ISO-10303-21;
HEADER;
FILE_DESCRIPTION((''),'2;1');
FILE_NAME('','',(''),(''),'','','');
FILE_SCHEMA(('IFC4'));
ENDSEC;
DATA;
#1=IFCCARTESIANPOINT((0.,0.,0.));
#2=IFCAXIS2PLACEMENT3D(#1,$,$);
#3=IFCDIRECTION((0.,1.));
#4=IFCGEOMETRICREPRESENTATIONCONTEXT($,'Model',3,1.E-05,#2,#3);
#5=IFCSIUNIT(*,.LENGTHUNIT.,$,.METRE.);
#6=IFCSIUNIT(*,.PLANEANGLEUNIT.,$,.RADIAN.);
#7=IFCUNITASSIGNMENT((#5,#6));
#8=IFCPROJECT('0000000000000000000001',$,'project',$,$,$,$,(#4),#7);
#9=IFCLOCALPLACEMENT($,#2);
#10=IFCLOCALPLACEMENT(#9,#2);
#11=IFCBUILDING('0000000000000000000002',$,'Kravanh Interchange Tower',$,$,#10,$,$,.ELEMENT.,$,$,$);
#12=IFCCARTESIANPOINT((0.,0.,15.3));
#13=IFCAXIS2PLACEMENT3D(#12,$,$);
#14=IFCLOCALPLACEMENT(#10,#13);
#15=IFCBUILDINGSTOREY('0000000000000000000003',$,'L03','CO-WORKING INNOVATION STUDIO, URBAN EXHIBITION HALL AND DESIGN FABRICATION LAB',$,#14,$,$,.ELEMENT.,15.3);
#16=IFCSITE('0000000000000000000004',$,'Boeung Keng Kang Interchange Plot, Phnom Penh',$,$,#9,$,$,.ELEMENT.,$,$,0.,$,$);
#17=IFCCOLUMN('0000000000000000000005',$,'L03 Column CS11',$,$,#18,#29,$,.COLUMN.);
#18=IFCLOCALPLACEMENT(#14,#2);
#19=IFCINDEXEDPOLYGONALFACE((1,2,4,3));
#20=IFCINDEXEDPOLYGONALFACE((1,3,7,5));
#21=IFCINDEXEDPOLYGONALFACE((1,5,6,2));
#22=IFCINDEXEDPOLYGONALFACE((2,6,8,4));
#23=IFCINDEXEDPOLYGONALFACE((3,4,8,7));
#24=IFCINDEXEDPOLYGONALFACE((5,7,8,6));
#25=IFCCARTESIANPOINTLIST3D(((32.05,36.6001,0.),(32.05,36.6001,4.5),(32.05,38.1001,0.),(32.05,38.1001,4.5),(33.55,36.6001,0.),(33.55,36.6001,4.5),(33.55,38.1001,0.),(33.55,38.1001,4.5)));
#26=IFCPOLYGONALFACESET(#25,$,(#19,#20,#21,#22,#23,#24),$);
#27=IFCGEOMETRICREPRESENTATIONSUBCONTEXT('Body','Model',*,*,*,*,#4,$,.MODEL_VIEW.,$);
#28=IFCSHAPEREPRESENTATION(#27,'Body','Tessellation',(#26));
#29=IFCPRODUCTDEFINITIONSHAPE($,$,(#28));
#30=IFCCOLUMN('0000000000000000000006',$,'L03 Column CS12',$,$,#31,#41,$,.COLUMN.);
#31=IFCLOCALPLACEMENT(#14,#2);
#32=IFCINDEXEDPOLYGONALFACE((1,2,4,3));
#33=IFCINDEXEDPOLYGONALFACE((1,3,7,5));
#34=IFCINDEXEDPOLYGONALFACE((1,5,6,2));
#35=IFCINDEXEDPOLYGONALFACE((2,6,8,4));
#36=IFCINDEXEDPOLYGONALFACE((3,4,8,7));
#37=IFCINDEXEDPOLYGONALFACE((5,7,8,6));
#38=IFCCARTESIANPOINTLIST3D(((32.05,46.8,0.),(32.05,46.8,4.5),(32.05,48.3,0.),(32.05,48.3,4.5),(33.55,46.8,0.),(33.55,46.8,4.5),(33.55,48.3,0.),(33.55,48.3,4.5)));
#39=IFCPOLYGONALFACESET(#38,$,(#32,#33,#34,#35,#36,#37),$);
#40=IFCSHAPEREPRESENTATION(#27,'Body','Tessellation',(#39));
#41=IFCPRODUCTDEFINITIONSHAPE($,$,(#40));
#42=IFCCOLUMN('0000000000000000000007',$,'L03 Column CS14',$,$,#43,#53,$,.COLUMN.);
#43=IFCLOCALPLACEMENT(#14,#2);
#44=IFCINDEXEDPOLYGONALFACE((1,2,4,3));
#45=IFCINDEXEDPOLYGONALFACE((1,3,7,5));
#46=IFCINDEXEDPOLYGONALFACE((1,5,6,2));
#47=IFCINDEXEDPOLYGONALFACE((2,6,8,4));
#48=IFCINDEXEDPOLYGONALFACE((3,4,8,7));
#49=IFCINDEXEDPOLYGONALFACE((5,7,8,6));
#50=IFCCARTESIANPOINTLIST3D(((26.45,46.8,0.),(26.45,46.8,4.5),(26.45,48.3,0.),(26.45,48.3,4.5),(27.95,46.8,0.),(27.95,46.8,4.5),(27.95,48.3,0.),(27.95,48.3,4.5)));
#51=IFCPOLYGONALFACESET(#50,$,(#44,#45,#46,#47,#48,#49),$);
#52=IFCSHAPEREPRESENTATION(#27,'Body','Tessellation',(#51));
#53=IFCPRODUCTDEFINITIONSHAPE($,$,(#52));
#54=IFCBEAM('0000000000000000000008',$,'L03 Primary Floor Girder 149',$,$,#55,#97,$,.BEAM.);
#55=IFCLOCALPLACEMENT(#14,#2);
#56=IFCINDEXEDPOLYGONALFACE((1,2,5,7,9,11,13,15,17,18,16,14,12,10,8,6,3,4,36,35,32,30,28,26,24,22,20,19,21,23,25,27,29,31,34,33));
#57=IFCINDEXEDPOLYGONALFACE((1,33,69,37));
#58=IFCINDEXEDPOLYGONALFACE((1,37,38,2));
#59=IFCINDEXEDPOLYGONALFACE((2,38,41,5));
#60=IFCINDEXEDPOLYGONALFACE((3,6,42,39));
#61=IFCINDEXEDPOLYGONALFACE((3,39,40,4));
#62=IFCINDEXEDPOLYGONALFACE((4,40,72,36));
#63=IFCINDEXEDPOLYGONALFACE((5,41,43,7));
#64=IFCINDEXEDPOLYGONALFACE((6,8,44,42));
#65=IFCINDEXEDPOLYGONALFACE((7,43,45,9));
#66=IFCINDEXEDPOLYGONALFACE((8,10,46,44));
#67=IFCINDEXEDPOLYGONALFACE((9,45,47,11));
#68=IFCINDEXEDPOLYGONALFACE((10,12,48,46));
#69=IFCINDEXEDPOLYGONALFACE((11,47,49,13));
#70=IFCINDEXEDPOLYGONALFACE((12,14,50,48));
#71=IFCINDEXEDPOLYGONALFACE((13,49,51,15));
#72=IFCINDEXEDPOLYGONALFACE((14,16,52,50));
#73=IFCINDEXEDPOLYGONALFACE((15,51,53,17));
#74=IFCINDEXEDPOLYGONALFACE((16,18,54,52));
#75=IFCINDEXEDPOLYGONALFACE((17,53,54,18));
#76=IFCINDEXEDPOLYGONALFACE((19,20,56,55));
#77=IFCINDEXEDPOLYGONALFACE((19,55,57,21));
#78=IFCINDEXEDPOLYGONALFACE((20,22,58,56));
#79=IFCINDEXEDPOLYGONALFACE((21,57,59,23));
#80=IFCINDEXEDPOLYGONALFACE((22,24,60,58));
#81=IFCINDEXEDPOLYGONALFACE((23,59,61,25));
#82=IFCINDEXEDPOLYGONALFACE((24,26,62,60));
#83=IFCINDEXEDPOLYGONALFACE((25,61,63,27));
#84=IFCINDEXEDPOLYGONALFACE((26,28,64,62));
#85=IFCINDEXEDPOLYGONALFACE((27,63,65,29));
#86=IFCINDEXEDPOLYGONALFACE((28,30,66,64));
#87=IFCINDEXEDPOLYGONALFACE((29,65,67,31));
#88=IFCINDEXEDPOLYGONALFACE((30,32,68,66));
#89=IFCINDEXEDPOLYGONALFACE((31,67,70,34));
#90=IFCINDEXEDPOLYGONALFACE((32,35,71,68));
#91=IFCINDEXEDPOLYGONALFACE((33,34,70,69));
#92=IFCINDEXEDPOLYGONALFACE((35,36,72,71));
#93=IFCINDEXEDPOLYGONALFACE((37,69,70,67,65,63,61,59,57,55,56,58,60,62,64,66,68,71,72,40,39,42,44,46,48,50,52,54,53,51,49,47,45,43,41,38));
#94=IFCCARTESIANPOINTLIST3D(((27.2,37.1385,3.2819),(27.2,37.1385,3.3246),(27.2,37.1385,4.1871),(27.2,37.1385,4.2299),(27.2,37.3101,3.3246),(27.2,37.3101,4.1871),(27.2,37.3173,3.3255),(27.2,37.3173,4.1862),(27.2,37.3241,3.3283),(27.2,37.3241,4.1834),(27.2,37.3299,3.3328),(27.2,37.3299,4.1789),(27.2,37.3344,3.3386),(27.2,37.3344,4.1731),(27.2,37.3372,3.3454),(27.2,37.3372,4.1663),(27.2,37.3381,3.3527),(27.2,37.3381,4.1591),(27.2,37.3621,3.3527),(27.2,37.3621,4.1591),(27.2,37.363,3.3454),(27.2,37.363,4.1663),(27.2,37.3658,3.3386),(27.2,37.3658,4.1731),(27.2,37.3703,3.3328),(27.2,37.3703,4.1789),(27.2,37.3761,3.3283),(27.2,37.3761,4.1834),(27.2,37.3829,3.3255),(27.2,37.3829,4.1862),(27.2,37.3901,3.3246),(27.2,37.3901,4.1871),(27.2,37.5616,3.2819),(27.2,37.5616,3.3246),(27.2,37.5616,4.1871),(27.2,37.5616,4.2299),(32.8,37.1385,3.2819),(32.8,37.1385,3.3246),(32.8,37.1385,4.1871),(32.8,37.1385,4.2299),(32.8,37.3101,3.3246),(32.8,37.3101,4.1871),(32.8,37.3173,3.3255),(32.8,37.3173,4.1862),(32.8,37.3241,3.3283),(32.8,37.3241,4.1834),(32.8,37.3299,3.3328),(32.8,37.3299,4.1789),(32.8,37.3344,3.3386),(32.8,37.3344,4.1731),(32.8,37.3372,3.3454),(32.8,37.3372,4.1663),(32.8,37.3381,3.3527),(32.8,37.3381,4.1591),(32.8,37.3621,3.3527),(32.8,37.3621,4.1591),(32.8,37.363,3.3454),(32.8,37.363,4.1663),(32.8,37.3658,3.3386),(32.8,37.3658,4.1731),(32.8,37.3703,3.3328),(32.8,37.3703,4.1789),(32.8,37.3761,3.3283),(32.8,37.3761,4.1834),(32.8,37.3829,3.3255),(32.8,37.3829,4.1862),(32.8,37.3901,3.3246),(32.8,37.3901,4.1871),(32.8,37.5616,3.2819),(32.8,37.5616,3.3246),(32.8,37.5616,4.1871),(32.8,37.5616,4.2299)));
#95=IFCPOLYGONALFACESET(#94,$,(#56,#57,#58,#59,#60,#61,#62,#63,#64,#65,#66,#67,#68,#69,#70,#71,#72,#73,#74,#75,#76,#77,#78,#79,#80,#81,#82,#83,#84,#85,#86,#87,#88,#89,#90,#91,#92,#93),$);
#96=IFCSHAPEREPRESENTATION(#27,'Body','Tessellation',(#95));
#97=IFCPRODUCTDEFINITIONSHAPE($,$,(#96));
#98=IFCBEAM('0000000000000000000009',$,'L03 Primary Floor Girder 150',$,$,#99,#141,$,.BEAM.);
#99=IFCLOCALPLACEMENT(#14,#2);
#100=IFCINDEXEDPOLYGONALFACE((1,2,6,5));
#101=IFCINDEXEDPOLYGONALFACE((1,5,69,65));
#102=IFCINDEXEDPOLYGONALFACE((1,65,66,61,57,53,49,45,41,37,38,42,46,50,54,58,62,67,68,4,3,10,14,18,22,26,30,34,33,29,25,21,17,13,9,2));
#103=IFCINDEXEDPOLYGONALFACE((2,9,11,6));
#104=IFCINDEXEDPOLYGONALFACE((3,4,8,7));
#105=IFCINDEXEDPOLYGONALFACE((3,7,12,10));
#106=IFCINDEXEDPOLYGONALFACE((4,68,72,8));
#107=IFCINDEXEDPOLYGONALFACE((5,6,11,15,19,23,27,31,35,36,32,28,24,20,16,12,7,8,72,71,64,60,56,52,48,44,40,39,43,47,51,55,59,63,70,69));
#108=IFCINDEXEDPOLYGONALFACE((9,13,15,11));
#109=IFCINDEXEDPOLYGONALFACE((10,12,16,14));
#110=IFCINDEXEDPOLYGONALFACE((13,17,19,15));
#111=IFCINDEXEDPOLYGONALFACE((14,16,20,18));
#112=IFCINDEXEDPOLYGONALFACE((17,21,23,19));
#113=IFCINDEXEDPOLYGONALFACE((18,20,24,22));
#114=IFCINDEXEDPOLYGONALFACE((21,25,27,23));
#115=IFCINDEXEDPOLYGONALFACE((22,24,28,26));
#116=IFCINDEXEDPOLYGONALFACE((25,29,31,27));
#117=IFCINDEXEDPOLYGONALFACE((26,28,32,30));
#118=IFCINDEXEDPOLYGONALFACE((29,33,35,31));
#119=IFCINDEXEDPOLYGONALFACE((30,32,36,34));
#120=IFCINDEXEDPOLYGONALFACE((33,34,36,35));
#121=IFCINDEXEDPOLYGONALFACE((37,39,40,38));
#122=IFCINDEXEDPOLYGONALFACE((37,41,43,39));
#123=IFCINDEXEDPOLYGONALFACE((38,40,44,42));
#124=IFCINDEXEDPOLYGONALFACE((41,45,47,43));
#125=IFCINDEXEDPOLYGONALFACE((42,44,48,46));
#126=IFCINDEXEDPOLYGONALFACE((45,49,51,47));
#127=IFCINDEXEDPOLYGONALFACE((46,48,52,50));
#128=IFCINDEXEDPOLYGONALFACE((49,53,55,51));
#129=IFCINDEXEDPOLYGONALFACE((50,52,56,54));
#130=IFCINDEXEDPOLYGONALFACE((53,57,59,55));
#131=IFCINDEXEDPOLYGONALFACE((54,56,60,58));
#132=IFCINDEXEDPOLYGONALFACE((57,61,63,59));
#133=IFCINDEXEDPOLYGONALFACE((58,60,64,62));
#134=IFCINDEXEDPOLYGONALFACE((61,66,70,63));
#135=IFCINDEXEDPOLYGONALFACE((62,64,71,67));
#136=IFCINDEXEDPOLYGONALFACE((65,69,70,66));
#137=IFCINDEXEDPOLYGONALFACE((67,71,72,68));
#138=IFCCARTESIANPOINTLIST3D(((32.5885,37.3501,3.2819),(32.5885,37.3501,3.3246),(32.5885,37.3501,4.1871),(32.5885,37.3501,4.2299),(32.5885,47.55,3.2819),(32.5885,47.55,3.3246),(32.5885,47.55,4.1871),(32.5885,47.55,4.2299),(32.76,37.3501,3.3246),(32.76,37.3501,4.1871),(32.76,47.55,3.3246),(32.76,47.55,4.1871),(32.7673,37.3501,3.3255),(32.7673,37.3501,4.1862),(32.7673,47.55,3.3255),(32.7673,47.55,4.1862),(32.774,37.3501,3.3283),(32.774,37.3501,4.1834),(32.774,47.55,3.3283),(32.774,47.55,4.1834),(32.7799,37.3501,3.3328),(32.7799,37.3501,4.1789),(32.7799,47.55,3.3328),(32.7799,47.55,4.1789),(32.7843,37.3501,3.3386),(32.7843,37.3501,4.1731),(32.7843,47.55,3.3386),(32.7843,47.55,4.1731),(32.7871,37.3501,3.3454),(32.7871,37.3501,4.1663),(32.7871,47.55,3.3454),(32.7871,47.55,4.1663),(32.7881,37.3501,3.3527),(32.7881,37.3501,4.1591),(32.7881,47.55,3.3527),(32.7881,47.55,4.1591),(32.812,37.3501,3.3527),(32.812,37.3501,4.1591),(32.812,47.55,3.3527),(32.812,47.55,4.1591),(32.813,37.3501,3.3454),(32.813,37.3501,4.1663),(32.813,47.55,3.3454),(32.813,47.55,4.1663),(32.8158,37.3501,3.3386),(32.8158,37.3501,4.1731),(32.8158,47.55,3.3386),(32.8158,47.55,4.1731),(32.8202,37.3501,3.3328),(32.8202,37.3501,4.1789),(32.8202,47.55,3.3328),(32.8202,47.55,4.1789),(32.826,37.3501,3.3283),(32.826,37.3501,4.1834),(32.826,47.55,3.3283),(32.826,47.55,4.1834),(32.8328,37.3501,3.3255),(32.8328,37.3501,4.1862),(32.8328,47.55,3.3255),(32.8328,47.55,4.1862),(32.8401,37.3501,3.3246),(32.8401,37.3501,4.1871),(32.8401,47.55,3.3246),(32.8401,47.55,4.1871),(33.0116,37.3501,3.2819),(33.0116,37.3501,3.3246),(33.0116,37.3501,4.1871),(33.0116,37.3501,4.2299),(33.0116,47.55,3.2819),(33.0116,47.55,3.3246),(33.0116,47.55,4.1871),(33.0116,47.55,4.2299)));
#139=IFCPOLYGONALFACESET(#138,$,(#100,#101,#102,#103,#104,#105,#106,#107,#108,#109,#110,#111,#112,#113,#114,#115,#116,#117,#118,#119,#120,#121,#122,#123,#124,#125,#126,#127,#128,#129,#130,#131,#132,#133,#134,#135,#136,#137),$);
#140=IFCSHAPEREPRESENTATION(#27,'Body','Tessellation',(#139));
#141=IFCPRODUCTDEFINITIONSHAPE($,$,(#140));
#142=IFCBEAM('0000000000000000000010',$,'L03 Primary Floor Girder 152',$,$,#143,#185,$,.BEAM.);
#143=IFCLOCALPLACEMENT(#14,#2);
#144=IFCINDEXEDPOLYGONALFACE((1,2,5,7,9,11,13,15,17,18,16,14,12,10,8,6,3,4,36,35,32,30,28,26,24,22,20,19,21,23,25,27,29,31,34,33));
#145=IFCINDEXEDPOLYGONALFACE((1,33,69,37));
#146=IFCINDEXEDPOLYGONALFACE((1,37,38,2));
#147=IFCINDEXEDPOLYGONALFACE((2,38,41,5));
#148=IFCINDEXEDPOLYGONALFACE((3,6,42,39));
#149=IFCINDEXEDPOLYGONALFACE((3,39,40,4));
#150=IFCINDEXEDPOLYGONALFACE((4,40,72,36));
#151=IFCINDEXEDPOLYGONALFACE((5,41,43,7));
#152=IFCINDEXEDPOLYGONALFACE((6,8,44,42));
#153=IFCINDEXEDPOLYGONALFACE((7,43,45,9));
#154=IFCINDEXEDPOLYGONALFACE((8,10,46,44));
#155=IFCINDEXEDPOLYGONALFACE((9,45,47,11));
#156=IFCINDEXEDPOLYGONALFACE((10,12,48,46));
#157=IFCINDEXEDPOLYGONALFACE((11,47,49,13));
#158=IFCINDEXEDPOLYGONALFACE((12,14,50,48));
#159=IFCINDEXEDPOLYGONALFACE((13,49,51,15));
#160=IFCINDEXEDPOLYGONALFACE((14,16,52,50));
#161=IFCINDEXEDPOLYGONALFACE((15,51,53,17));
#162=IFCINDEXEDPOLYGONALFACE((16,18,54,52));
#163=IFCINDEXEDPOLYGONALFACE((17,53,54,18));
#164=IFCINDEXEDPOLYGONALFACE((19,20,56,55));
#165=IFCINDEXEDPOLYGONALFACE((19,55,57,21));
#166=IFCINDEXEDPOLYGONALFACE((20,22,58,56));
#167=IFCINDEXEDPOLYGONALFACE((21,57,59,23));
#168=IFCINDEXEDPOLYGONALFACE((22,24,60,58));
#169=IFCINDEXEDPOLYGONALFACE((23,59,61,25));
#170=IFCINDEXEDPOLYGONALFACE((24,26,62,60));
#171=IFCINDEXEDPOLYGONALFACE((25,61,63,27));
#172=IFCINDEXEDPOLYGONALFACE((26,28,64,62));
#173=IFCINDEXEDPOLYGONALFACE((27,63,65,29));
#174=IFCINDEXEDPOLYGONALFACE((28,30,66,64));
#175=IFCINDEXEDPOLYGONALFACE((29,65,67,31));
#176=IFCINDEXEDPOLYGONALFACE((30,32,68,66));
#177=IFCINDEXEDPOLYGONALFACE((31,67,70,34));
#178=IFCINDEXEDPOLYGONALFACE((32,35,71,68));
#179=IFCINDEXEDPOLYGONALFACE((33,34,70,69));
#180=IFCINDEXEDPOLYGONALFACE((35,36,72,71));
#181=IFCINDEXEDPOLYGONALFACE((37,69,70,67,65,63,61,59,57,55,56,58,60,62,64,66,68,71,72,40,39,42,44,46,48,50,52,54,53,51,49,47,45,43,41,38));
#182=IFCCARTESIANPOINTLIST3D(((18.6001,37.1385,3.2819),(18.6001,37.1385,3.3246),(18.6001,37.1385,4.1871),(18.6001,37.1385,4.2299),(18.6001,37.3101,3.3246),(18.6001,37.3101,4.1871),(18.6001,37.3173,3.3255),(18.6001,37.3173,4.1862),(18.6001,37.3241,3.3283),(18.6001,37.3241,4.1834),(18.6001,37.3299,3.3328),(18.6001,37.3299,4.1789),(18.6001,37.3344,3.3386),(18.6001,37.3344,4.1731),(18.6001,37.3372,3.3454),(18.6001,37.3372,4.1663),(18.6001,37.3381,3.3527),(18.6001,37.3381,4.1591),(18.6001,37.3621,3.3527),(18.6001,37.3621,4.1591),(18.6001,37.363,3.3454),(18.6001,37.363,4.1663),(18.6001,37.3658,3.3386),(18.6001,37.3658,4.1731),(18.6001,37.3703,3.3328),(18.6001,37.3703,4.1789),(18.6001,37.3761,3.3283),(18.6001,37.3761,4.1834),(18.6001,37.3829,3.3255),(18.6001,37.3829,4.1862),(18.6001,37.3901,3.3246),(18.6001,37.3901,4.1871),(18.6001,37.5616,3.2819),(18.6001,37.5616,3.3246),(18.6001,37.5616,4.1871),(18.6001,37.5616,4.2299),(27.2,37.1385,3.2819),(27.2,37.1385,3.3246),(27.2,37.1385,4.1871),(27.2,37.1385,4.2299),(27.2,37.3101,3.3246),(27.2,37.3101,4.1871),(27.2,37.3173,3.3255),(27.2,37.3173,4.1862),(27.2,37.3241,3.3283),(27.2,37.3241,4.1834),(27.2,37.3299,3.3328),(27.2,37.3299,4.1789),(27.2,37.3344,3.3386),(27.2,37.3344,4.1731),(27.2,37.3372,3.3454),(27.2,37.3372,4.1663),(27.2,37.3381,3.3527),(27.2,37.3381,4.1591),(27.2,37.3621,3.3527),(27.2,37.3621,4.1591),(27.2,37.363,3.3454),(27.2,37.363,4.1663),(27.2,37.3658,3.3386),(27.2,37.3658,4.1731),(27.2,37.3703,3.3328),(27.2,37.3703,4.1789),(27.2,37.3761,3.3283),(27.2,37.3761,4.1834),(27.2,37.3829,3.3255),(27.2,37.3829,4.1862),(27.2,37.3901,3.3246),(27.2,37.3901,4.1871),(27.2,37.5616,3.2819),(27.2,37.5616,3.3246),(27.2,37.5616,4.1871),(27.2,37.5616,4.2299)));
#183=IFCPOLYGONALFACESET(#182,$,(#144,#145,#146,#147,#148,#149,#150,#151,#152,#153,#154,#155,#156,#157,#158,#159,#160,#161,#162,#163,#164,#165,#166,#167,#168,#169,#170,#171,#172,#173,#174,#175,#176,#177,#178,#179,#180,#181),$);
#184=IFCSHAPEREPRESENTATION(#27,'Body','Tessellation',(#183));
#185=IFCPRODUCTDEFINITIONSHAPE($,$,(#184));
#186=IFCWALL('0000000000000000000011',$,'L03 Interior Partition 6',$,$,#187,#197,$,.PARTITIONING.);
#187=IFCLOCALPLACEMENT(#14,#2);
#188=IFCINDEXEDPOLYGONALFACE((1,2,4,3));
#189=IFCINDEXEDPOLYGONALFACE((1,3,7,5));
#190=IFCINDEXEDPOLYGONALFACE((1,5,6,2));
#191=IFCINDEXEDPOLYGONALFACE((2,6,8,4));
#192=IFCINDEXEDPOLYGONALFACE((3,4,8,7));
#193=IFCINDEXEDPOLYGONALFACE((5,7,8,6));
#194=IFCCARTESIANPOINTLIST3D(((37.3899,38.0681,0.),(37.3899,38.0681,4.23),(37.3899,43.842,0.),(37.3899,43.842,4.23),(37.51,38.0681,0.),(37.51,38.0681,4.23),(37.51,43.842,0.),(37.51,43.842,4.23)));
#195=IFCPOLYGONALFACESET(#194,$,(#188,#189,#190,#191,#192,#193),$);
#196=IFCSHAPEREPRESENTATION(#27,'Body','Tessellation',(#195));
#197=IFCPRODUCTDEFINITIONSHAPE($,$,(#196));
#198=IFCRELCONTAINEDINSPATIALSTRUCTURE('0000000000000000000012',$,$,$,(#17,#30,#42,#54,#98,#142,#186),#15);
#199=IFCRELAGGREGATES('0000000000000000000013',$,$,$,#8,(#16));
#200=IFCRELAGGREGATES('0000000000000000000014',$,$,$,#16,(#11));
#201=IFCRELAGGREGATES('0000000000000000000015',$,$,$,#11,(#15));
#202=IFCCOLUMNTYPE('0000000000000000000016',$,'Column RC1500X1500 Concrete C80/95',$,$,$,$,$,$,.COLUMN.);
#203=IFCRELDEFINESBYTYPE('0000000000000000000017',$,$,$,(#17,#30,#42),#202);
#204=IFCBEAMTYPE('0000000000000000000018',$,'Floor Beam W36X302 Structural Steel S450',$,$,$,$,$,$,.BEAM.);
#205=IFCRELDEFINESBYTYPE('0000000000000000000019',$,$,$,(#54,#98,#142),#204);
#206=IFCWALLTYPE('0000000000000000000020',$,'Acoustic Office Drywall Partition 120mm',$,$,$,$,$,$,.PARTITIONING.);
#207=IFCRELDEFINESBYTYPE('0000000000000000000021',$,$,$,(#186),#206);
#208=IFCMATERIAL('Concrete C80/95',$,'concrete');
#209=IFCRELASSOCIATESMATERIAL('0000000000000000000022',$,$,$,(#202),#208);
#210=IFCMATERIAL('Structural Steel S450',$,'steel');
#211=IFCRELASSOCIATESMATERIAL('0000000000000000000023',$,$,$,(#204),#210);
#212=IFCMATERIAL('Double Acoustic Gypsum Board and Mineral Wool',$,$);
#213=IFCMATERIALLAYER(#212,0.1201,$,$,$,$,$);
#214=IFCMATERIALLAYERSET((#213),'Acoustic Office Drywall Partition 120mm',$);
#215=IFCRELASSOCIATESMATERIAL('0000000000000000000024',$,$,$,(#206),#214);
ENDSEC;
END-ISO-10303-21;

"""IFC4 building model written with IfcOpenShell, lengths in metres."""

from ifc_helpers import new_model, si_unit, direction, frame, frame_2d, origin, origin_2d, place, context, subcontext, project, spatial, rectangle, i_section, extrude, material, layer, layer_set, material_profile, profile_set, type_object, element, save


model = new_model("IFC4")

# Units and contexts
model_context = context("Model", 3, precision=1e-05, world=origin(), true_north=direction((0.0, 1.0)))
body_context = subcontext(model_context, "Body", "Model", "MODEL_VIEW")
ifc_project = project(units=[si_unit("LENGTHUNIT", "METRE"), si_unit("PLANEANGLEUNIT", "RADIAN")], contexts=[model_context])

# Site, building, storey
site_placement = place(None, origin())
site = spatial("IfcSite", under=ifc_project, at=site_placement, Name="Boeung Keng Kang Interchange Plot, Phnom Penh", CompositionType="ELEMENT", RefElevation=0.0)
building_placement = place(site_placement, origin())
building = spatial("IfcBuilding", under=site, at=building_placement, Name="Kravanh Interchange Tower", CompositionType="ELEMENT")
storey_placement = place(building_placement, frame((0.0, 0.0, 15.3)))
storey = spatial("IfcBuildingStorey", under=building, at=storey_placement, Name="L03", Description="CO-WORKING INNOVATION STUDIO, URBAN EXHIBITION HALL AND DESIGN FABRICATION LAB", CompositionType="ELEMENT", Elevation=15.3)

# Columns
ifc_material_1 = material(Name="Concrete C80/95", Category="concrete")
ifc_material_profile_1 = material_profile(ifc_material_1, rectangle(XDim=1.5, YDim=1.5, at=origin_2d()), Name="RC1500X1500")
ifc_profile_set_1 = profile_set([ifc_material_profile_1], Name="Concrete C80/95")
column_type = type_object("IfcColumnType", Name="Column RC1500X1500 Concrete C80/95", PredefinedType="COLUMN", material=ifc_profile_set_1)
for number, where, z_axis, x_axis, name in (
    (1, (32.8, 37.3501, 0.0), (0.0, 0.0, 1.0), (1.0, 0.0, 0.0), "L03 Column CS11"),
    (2, (32.8, 47.55, 0.0), (0.0, 0.0, 1.0), (1.0, 0.0, 0.0), "L03 Column CS12"),
    (3, (27.2, 47.55, 0.0), (0.0, 0.0, 1.0), (1.0, 0.0, 0.0), "L03 Column CS14"),
):
    element("IfcColumn", number, at=place(storey_placement, frame(where, z_axis=z_axis, x_axis=x_axis)), inside=storey, type_object=column_type, Name=name, PredefinedType="COLUMN", context=body_context, shape_type="SweptSolid", body=[
        extrude(rectangle(XDim=1.5, YDim=1.5, at=origin_2d()), origin(), (0.0, 0.0, 1.0), 4.5),
    ])

# Beams
ifc_material_2 = material(Name="Structural Steel S450", Category="steel")
ifc_material_profile_2 = material_profile(ifc_material_2, i_section(OverallWidth=0.4231, OverallDepth=0.948, WebThickness=0.0239, FlangeThickness=0.0427, FilletRadius=0.0281, at=origin_2d()), Name="W36X302")
ifc_profile_set_2 = profile_set([ifc_material_profile_2], Name="Structural Steel S450")
beam_type = type_object("IfcBeamType", Name="Floor Beam W36X302 Structural Steel S450", PredefinedType="BEAM", material=ifc_profile_set_2)
beam_1_placement = place(storey_placement, frame((32.8, 37.3501, 3.7559), z_axis=(-1.0, 0.0, 0.0), x_axis=(0.0, -1.0, 0.0)))
element("IfcBeam", 4, at=beam_1_placement, inside=storey, type_object=beam_type, Name="L03 Primary Floor Girder 149", PredefinedType="BEAM", context=body_context, shape_type="SweptSolid", body=[
    extrude(i_section(OverallWidth=0.4231, OverallDepth=0.948, WebThickness=0.0239, FlangeThickness=0.0427, FilletRadius=0.0281, at=origin_2d()), origin(), (0.0, 0.0, 1.0), 5.6001),
])
beam_2_placement = place(storey_placement, frame((32.8, 37.3501, 3.7559), z_axis=(0.0, 1.0, 0.0), x_axis=(-1.0, 0.0, 0.0)))
element("IfcBeam", 5, at=beam_2_placement, inside=storey, type_object=beam_type, Name="L03 Primary Floor Girder 150", PredefinedType="BEAM", context=body_context, shape_type="SweptSolid", body=[
    extrude(i_section(OverallWidth=0.4231, OverallDepth=0.948, WebThickness=0.0239, FlangeThickness=0.0427, FilletRadius=0.0281, at=origin_2d()), origin(), (0.0, 0.0, 1.0), 10.2),
])
beam_3_placement = place(storey_placement, frame((27.2, 37.3501, 3.7559), z_axis=(-1.0, 0.0, 0.0), x_axis=(0.0, -1.0, 0.0)))
element("IfcBeam", 6, at=beam_3_placement, inside=storey, type_object=beam_type, Name="L03 Primary Floor Girder 152", PredefinedType="BEAM", context=body_context, shape_type="SweptSolid", body=[
    extrude(i_section(OverallWidth=0.4231, OverallDepth=0.948, WebThickness=0.0239, FlangeThickness=0.0427, FilletRadius=0.0281, at=origin_2d()), origin(), (0.0, 0.0, 1.0), 8.5999),
])

# Wall
ifc_material_3 = material(Name="Double Acoustic Gypsum Board and Mineral Wool")
ifc_layer_1 = layer(ifc_material_3, 0.1201)
ifc_layer_set_1 = layer_set([ifc_layer_1], Name="Acoustic Office Drywall Partition 120mm")
wall_type_1 = type_object("IfcWallType", Name="Acoustic Office Drywall Partition 120mm", PredefinedType="PARTITIONING", material=ifc_layer_set_1)
wall_1_placement = place(storey_placement, frame((37.45, 38.0681, 0.0), z_axis=(0.0, 0.0, 1.0), x_axis=(0.0, 1.0, 0.0)))
element("IfcWall", 7, at=wall_1_placement, inside=storey, type_object=wall_type_1, Name="L03 Interior Partition 6", PredefinedType="PARTITIONING", context=body_context, shape_type="SweptSolid", body=[
    extrude(rectangle(XDim=5.7739, YDim=0.1201, at=frame_2d((2.887, 0.0))), origin(), (0.0, 0.0, 1.0), 4.23),
])

save(model, "model.ifc")
